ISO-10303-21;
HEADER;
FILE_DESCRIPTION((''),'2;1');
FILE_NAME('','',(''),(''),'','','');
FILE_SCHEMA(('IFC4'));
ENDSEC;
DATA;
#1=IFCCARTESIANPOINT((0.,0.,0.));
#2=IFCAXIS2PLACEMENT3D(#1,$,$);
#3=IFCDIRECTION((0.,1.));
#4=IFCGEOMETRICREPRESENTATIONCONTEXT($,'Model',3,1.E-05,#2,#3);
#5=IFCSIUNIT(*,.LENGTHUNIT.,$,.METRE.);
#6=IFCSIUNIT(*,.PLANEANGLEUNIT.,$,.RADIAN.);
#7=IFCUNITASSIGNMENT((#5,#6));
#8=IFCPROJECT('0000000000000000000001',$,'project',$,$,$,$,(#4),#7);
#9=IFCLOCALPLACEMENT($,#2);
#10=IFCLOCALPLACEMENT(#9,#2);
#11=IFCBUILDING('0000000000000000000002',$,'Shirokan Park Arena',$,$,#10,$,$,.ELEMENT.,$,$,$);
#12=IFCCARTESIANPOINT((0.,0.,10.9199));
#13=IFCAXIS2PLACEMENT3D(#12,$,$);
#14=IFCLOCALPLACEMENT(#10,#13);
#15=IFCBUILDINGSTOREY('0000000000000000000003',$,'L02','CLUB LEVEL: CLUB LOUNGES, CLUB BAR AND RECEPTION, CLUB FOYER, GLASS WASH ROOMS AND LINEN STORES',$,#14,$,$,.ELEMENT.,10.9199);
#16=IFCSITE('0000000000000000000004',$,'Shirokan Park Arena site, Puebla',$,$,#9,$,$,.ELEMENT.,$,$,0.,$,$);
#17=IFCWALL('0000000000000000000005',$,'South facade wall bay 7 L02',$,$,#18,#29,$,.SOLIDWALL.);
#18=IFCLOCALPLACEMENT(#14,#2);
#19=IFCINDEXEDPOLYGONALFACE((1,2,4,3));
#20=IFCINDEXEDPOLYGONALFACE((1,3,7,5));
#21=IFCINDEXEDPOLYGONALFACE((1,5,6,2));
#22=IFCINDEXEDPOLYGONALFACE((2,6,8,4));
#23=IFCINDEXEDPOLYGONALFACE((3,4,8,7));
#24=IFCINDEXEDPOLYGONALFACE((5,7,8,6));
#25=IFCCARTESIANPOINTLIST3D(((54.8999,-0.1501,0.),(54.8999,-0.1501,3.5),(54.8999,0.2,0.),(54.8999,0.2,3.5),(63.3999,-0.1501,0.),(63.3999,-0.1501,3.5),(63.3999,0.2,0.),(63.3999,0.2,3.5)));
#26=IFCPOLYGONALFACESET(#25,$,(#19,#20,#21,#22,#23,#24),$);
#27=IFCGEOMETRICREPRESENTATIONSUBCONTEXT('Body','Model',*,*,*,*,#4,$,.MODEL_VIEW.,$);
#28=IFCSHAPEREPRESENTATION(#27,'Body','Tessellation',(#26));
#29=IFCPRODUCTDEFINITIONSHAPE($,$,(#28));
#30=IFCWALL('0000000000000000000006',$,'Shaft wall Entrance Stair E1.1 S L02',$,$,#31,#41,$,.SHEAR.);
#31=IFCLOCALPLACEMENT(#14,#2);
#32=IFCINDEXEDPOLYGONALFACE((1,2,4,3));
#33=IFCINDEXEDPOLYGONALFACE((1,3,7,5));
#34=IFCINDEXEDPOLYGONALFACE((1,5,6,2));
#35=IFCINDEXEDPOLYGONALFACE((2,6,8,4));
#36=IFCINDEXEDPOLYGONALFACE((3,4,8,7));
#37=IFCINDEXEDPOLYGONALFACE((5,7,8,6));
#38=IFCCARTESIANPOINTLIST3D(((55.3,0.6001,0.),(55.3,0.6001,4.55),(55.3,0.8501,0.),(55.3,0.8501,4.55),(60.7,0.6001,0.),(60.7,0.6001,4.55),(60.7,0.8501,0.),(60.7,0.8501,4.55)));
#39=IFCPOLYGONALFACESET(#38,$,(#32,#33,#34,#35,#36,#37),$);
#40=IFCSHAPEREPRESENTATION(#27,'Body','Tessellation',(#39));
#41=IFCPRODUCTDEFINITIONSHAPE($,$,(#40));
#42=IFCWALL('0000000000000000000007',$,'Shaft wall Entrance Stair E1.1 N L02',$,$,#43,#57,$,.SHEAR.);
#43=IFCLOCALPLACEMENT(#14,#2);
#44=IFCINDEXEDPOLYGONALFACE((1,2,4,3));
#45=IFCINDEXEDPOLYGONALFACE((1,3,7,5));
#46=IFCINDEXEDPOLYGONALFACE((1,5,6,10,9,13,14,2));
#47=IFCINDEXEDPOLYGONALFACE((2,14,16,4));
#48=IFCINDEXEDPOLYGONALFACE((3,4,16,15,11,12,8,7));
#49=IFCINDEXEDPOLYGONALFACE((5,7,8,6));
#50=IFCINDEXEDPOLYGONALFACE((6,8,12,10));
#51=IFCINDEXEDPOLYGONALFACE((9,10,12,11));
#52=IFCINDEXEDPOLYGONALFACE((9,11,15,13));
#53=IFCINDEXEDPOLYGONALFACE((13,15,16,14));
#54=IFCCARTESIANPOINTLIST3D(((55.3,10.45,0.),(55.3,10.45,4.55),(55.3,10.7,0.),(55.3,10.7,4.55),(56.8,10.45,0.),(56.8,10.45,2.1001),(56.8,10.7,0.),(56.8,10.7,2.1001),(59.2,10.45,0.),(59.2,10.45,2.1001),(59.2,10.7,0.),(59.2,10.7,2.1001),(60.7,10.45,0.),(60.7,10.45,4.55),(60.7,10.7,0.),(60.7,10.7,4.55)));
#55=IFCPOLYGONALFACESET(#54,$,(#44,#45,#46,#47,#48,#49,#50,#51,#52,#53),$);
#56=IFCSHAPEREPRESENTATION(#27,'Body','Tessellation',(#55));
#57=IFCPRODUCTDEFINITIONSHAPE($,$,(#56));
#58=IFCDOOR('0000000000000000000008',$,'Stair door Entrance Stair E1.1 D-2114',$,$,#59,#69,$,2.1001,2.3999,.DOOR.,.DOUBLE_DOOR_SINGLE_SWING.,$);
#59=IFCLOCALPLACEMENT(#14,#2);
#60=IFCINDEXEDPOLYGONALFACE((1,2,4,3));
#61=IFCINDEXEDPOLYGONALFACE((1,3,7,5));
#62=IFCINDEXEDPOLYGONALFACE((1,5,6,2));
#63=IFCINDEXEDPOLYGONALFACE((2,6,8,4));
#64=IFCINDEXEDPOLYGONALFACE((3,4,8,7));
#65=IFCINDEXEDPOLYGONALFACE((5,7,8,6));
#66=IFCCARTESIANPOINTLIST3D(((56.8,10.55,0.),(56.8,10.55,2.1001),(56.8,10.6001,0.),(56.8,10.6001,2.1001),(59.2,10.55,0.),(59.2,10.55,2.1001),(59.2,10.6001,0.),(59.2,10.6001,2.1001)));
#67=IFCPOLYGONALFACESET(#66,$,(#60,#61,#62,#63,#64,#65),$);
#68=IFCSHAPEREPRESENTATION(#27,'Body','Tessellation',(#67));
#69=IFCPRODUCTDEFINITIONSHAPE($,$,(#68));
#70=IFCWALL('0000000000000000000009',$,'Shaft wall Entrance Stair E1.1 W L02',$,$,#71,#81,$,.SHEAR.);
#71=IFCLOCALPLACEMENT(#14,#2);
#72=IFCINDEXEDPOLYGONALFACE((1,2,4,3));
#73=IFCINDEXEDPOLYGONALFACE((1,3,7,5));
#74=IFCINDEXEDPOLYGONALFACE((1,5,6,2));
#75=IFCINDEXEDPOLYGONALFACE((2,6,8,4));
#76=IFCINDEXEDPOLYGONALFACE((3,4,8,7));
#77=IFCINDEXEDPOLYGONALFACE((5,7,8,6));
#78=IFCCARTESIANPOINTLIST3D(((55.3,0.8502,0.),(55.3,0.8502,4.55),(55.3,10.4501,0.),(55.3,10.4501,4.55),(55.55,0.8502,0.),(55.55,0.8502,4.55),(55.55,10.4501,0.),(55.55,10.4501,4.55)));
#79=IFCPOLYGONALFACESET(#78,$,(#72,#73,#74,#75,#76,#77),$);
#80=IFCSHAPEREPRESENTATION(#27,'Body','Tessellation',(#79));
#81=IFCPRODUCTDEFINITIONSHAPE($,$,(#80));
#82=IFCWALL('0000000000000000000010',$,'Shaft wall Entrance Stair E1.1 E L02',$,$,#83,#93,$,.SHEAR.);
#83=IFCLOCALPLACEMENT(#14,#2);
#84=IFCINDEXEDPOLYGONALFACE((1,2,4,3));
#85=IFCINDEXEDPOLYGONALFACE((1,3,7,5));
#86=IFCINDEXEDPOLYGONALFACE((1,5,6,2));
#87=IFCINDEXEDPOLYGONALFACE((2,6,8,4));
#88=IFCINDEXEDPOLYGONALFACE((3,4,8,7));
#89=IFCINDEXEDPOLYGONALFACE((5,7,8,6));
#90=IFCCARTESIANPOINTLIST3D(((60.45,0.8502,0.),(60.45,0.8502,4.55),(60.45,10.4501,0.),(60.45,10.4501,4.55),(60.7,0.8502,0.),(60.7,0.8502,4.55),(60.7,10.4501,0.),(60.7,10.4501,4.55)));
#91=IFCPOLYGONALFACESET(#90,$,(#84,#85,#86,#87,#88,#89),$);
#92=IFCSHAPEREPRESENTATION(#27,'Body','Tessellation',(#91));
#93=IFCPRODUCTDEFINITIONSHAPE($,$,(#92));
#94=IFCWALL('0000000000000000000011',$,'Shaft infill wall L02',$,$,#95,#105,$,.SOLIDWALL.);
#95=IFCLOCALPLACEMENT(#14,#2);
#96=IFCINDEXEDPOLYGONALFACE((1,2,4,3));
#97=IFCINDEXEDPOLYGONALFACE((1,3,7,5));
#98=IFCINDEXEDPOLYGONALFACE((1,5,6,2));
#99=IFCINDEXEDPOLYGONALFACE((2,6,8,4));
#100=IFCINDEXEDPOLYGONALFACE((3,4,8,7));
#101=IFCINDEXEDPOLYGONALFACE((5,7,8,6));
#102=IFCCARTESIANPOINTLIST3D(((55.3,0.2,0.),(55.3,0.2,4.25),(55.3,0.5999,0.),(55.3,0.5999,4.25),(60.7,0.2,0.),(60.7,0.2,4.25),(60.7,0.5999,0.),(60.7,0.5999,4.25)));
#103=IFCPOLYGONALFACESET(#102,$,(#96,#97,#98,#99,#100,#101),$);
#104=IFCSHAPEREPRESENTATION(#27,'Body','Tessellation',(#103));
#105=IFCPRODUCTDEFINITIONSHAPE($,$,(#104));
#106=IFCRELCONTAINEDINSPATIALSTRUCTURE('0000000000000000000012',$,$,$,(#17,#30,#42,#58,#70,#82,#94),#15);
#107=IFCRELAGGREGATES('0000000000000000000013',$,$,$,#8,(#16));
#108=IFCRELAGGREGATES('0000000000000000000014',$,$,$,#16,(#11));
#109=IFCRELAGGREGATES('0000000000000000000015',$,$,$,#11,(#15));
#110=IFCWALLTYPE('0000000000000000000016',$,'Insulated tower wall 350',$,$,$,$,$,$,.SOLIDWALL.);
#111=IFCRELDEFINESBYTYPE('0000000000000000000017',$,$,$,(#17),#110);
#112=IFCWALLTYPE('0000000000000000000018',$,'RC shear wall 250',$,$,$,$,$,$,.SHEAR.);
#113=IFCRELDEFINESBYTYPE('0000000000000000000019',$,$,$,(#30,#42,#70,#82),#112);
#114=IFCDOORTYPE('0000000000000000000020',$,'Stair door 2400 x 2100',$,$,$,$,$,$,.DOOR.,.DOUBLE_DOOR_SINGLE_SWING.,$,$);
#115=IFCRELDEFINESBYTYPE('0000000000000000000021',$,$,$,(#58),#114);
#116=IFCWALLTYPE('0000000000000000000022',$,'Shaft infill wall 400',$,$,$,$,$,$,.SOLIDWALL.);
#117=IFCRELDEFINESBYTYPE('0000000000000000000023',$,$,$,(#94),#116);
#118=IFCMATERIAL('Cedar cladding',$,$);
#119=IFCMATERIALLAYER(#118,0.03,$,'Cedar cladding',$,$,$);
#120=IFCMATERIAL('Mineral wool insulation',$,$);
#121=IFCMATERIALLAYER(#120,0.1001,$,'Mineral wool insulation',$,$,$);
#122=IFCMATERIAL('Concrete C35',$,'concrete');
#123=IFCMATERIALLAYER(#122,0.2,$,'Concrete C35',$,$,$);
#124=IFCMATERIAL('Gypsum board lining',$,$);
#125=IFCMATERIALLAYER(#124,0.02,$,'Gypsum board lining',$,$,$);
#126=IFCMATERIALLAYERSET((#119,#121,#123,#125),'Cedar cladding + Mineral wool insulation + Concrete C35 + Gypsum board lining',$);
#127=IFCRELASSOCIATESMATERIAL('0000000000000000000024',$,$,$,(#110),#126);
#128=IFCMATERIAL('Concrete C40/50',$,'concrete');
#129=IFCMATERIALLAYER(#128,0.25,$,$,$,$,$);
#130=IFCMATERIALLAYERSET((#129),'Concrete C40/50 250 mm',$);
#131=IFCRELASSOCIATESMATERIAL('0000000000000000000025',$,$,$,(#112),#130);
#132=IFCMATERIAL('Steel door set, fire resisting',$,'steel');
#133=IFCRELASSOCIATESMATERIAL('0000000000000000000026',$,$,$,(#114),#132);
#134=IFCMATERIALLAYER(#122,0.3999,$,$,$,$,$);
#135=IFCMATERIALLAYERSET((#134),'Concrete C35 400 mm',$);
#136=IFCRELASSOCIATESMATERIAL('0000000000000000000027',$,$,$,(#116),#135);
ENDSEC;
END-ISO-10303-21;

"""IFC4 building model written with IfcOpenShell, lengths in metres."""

from ifc_helpers import new_model, si_unit, direction, frame, frame_2d, origin, place, context, subcontext, project, spatial, rectangle, extrude, material, layer, layer_set, type_object, element, fill, save


model = new_model("IFC4")

# Units and contexts
model_context = context("Model", 3, precision=1e-05, world=origin(), true_north=direction((0.0, 1.0)))
body_context = subcontext(model_context, "Body", "Model", "MODEL_VIEW")
ifc_project = project(units=[si_unit("LENGTHUNIT", "METRE"), si_unit("PLANEANGLEUNIT", "RADIAN")], contexts=[model_context])

# Site, building, storey
site_placement = place(None, origin())
site = spatial("IfcSite", under=ifc_project, at=site_placement, Name="Shirokan Park Arena site, Puebla", CompositionType="ELEMENT", RefElevation=0.0)
building_placement = place(site_placement, origin())
building = spatial("IfcBuilding", under=site, at=building_placement, Name="Shirokan Park Arena", CompositionType="ELEMENT")
storey_placement = place(building_placement, frame((0.0, 0.0, 10.9199)))
storey = spatial("IfcBuildingStorey", under=building, at=storey_placement, Name="L02", Description="CLUB LEVEL: CLUB LOUNGES, CLUB BAR AND RECEPTION, CLUB FOYER, GLASS WASH ROOMS AND LINEN STORES", CompositionType="ELEMENT", Elevation=10.9199)

# Shared definitions
ifc_material_1 = material(Name="Concrete C35", Category="concrete")

# Shared definitions
ifc_material_2 = material(Name="Mineral wool insulation")

# Walls
ifc_material_3 = material(Name="Cedar cladding")
ifc_layer_1 = layer(ifc_material_3, 0.03, Name="Cedar cladding")
ifc_layer_2 = layer(ifc_material_2, 0.1001, Name="Mineral wool insulation")
ifc_layer_3 = layer(ifc_material_1, 0.2, Name="Concrete C35")
ifc_material_4 = material(Name="Gypsum board lining")
ifc_layer_4 = layer(ifc_material_4, 0.02, Name="Gypsum board lining")
ifc_layer_set_1 = layer_set([ifc_layer_1, ifc_layer_2, ifc_layer_3, ifc_layer_4], Name="Cedar cladding + Mineral wool insulation + Concrete C35 + Gypsum board lining")
wall_type_1 = type_object("IfcWallType", Name="Insulated tower wall 350", PredefinedType="SOLIDWALL", material=ifc_layer_set_1)
wall_1_placement = place(storey_placement, frame((54.8999, 0.0249, 0.0), z_axis=(0.0, 0.0, 1.0), x_axis=(1.0, 0.0, 0.0)))
element("IfcWall", 1, at=wall_1_placement, inside=storey, type_object=wall_type_1, Name="South facade wall bay 7 L02", PredefinedType="SOLIDWALL", context=body_context, shape_type="SweptSolid", body=[
    extrude(rectangle(XDim=8.5, YDim=0.3501, at=frame_2d((4.25, 0.0))), origin(), (0.0, 0.0, 1.0), 3.5),
])
ifc_material_5 = material(Name="Concrete C40/50", Category="concrete")
ifc_layer_5 = layer(ifc_material_5, 0.25)
ifc_layer_set_2 = layer_set([ifc_layer_5], Name="Concrete C40/50 250 mm")
wall_type_2 = type_object("IfcWallType", Name="RC shear wall 250", PredefinedType="SHEAR", material=ifc_layer_set_2)
wall_2_placement = place(storey_placement, frame((60.7, 0.7251, 0.0), z_axis=(0.0, 0.0, 1.0), x_axis=(-1.0, 0.0, 0.0)))
element("IfcWall", 2, at=wall_2_placement, inside=storey, type_object=wall_type_2, Name="Shaft wall Entrance Stair E1.1 S L02", PredefinedType="SHEAR", context=body_context, shape_type="SweptSolid", body=[
    extrude(rectangle(XDim=5.3999, YDim=0.25, at=frame_2d((2.7, 0.0))), origin(), (0.0, 0.0, 1.0), 4.55),
])

# Wall, opening, door
wall_3_placement = place(storey_placement, frame((60.7, 10.575, 0.0), z_axis=(0.0, 0.0, 1.0), x_axis=(-1.0, 0.0, 0.0)))
wall_3 = element("IfcWall", 3, at=wall_3_placement, inside=storey, type_object=wall_type_2, Name="Shaft wall Entrance Stair E1.1 N L02", PredefinedType="SHEAR", context=body_context, shape_type="SweptSolid", body=[
    extrude(rectangle(XDim=5.3999, YDim=0.25, at=frame_2d((2.7, 0.0))), origin(), (0.0, 0.0, 1.0), 4.55),
])
opening_1_placement = place(wall_3_placement, frame((1.5, 0.0, 0.0)))
opening_1 = element("IfcOpeningElement", 4, at=opening_1_placement, cuts=wall_3, PredefinedType="OPENING", context=body_context, shape_type="SweptSolid", body=[
    extrude(rectangle(XDim=2.3999, YDim=2.1001, at=frame_2d((1.2, 1.05))), frame((0.0, 0.135, 0.0), z_axis=(0.0, -1.0, 0.0), x_axis=(1.0, 0.0, 0.0)), (0.0, 0.0, 1.0), 0.27),
])
ifc_material_6 = material(Name="Steel door set, fire resisting", Category="steel")
door_type = type_object("IfcDoorType", Name="Stair door 2400 x 2100", OperationType="DOUBLE_DOOR_SINGLE_SWING", PredefinedType="DOOR", material=ifc_material_6)
door_placement = place(opening_1_placement, origin())
door = element("IfcDoor", 5, at=door_placement, inside=storey, type_object=door_type, Name="Stair door Entrance Stair E1.1 D-2114", OperationType="DOUBLE_DOOR_SINGLE_SWING", OverallHeight=2.1001, OverallWidth=2.3999, PredefinedType="DOOR", context=body_context, shape_type="SweptSolid", body=[
    extrude(rectangle(XDim=2.3999, YDim=2.1001, at=frame_2d((1.2, 1.05))), frame((0.0, 0.0249, 0.0), z_axis=(0.0, -1.0, 0.0), x_axis=(1.0, 0.0, 0.0)), (0.0, 0.0, 1.0), 0.05),
])
fill(opening_1, door)

# Walls
for number, where, z_axis, x_axis, name in (
    (6, (55.425, 10.45, 0.0), (0.0, 0.0, 1.0), (0.0, -1.0, 0.0), "Shaft wall Entrance Stair E1.1 W L02"),
    (7, (60.575, 10.45, 0.0), (0.0, 0.0, 1.0), (0.0, -1.0, 0.0), "Shaft wall Entrance Stair E1.1 E L02"),
):
    element("IfcWall", number, at=place(storey_placement, frame(where, z_axis=z_axis, x_axis=x_axis)), inside=storey, type_object=wall_type_2, Name=name, PredefinedType="SHEAR", context=body_context, shape_type="SweptSolid", body=[
        extrude(rectangle(XDim=9.5999, YDim=0.25, at=frame_2d((4.7998, 0.0))), origin(), (0.0, 0.0, 1.0), 4.55),
    ])
ifc_layer_6 = layer(ifc_material_1, 0.3999)
ifc_layer_set_3 = layer_set([ifc_layer_6], Name="Concrete C35 400 mm")
wall_type_3 = type_object("IfcWallType", Name="Shaft infill wall 400", PredefinedType="SOLIDWALL", material=ifc_layer_set_3)
wall_4_placement = place(storey_placement, frame((55.3, 0.3999, 0.0), z_axis=(0.0, 0.0, 1.0), x_axis=(1.0, 0.0, 0.0)))
element("IfcWall", 8, at=wall_4_placement, inside=storey, type_object=wall_type_3, Name="Shaft infill wall L02", PredefinedType="SOLIDWALL", context=body_context, shape_type="SweptSolid", body=[
    extrude(rectangle(XDim=5.3999, YDim=0.3999, at=frame_2d((2.7, 0.0))), origin(), (0.0, 0.0, 1.0), 4.25),
])

save(model, "model.ifc")
